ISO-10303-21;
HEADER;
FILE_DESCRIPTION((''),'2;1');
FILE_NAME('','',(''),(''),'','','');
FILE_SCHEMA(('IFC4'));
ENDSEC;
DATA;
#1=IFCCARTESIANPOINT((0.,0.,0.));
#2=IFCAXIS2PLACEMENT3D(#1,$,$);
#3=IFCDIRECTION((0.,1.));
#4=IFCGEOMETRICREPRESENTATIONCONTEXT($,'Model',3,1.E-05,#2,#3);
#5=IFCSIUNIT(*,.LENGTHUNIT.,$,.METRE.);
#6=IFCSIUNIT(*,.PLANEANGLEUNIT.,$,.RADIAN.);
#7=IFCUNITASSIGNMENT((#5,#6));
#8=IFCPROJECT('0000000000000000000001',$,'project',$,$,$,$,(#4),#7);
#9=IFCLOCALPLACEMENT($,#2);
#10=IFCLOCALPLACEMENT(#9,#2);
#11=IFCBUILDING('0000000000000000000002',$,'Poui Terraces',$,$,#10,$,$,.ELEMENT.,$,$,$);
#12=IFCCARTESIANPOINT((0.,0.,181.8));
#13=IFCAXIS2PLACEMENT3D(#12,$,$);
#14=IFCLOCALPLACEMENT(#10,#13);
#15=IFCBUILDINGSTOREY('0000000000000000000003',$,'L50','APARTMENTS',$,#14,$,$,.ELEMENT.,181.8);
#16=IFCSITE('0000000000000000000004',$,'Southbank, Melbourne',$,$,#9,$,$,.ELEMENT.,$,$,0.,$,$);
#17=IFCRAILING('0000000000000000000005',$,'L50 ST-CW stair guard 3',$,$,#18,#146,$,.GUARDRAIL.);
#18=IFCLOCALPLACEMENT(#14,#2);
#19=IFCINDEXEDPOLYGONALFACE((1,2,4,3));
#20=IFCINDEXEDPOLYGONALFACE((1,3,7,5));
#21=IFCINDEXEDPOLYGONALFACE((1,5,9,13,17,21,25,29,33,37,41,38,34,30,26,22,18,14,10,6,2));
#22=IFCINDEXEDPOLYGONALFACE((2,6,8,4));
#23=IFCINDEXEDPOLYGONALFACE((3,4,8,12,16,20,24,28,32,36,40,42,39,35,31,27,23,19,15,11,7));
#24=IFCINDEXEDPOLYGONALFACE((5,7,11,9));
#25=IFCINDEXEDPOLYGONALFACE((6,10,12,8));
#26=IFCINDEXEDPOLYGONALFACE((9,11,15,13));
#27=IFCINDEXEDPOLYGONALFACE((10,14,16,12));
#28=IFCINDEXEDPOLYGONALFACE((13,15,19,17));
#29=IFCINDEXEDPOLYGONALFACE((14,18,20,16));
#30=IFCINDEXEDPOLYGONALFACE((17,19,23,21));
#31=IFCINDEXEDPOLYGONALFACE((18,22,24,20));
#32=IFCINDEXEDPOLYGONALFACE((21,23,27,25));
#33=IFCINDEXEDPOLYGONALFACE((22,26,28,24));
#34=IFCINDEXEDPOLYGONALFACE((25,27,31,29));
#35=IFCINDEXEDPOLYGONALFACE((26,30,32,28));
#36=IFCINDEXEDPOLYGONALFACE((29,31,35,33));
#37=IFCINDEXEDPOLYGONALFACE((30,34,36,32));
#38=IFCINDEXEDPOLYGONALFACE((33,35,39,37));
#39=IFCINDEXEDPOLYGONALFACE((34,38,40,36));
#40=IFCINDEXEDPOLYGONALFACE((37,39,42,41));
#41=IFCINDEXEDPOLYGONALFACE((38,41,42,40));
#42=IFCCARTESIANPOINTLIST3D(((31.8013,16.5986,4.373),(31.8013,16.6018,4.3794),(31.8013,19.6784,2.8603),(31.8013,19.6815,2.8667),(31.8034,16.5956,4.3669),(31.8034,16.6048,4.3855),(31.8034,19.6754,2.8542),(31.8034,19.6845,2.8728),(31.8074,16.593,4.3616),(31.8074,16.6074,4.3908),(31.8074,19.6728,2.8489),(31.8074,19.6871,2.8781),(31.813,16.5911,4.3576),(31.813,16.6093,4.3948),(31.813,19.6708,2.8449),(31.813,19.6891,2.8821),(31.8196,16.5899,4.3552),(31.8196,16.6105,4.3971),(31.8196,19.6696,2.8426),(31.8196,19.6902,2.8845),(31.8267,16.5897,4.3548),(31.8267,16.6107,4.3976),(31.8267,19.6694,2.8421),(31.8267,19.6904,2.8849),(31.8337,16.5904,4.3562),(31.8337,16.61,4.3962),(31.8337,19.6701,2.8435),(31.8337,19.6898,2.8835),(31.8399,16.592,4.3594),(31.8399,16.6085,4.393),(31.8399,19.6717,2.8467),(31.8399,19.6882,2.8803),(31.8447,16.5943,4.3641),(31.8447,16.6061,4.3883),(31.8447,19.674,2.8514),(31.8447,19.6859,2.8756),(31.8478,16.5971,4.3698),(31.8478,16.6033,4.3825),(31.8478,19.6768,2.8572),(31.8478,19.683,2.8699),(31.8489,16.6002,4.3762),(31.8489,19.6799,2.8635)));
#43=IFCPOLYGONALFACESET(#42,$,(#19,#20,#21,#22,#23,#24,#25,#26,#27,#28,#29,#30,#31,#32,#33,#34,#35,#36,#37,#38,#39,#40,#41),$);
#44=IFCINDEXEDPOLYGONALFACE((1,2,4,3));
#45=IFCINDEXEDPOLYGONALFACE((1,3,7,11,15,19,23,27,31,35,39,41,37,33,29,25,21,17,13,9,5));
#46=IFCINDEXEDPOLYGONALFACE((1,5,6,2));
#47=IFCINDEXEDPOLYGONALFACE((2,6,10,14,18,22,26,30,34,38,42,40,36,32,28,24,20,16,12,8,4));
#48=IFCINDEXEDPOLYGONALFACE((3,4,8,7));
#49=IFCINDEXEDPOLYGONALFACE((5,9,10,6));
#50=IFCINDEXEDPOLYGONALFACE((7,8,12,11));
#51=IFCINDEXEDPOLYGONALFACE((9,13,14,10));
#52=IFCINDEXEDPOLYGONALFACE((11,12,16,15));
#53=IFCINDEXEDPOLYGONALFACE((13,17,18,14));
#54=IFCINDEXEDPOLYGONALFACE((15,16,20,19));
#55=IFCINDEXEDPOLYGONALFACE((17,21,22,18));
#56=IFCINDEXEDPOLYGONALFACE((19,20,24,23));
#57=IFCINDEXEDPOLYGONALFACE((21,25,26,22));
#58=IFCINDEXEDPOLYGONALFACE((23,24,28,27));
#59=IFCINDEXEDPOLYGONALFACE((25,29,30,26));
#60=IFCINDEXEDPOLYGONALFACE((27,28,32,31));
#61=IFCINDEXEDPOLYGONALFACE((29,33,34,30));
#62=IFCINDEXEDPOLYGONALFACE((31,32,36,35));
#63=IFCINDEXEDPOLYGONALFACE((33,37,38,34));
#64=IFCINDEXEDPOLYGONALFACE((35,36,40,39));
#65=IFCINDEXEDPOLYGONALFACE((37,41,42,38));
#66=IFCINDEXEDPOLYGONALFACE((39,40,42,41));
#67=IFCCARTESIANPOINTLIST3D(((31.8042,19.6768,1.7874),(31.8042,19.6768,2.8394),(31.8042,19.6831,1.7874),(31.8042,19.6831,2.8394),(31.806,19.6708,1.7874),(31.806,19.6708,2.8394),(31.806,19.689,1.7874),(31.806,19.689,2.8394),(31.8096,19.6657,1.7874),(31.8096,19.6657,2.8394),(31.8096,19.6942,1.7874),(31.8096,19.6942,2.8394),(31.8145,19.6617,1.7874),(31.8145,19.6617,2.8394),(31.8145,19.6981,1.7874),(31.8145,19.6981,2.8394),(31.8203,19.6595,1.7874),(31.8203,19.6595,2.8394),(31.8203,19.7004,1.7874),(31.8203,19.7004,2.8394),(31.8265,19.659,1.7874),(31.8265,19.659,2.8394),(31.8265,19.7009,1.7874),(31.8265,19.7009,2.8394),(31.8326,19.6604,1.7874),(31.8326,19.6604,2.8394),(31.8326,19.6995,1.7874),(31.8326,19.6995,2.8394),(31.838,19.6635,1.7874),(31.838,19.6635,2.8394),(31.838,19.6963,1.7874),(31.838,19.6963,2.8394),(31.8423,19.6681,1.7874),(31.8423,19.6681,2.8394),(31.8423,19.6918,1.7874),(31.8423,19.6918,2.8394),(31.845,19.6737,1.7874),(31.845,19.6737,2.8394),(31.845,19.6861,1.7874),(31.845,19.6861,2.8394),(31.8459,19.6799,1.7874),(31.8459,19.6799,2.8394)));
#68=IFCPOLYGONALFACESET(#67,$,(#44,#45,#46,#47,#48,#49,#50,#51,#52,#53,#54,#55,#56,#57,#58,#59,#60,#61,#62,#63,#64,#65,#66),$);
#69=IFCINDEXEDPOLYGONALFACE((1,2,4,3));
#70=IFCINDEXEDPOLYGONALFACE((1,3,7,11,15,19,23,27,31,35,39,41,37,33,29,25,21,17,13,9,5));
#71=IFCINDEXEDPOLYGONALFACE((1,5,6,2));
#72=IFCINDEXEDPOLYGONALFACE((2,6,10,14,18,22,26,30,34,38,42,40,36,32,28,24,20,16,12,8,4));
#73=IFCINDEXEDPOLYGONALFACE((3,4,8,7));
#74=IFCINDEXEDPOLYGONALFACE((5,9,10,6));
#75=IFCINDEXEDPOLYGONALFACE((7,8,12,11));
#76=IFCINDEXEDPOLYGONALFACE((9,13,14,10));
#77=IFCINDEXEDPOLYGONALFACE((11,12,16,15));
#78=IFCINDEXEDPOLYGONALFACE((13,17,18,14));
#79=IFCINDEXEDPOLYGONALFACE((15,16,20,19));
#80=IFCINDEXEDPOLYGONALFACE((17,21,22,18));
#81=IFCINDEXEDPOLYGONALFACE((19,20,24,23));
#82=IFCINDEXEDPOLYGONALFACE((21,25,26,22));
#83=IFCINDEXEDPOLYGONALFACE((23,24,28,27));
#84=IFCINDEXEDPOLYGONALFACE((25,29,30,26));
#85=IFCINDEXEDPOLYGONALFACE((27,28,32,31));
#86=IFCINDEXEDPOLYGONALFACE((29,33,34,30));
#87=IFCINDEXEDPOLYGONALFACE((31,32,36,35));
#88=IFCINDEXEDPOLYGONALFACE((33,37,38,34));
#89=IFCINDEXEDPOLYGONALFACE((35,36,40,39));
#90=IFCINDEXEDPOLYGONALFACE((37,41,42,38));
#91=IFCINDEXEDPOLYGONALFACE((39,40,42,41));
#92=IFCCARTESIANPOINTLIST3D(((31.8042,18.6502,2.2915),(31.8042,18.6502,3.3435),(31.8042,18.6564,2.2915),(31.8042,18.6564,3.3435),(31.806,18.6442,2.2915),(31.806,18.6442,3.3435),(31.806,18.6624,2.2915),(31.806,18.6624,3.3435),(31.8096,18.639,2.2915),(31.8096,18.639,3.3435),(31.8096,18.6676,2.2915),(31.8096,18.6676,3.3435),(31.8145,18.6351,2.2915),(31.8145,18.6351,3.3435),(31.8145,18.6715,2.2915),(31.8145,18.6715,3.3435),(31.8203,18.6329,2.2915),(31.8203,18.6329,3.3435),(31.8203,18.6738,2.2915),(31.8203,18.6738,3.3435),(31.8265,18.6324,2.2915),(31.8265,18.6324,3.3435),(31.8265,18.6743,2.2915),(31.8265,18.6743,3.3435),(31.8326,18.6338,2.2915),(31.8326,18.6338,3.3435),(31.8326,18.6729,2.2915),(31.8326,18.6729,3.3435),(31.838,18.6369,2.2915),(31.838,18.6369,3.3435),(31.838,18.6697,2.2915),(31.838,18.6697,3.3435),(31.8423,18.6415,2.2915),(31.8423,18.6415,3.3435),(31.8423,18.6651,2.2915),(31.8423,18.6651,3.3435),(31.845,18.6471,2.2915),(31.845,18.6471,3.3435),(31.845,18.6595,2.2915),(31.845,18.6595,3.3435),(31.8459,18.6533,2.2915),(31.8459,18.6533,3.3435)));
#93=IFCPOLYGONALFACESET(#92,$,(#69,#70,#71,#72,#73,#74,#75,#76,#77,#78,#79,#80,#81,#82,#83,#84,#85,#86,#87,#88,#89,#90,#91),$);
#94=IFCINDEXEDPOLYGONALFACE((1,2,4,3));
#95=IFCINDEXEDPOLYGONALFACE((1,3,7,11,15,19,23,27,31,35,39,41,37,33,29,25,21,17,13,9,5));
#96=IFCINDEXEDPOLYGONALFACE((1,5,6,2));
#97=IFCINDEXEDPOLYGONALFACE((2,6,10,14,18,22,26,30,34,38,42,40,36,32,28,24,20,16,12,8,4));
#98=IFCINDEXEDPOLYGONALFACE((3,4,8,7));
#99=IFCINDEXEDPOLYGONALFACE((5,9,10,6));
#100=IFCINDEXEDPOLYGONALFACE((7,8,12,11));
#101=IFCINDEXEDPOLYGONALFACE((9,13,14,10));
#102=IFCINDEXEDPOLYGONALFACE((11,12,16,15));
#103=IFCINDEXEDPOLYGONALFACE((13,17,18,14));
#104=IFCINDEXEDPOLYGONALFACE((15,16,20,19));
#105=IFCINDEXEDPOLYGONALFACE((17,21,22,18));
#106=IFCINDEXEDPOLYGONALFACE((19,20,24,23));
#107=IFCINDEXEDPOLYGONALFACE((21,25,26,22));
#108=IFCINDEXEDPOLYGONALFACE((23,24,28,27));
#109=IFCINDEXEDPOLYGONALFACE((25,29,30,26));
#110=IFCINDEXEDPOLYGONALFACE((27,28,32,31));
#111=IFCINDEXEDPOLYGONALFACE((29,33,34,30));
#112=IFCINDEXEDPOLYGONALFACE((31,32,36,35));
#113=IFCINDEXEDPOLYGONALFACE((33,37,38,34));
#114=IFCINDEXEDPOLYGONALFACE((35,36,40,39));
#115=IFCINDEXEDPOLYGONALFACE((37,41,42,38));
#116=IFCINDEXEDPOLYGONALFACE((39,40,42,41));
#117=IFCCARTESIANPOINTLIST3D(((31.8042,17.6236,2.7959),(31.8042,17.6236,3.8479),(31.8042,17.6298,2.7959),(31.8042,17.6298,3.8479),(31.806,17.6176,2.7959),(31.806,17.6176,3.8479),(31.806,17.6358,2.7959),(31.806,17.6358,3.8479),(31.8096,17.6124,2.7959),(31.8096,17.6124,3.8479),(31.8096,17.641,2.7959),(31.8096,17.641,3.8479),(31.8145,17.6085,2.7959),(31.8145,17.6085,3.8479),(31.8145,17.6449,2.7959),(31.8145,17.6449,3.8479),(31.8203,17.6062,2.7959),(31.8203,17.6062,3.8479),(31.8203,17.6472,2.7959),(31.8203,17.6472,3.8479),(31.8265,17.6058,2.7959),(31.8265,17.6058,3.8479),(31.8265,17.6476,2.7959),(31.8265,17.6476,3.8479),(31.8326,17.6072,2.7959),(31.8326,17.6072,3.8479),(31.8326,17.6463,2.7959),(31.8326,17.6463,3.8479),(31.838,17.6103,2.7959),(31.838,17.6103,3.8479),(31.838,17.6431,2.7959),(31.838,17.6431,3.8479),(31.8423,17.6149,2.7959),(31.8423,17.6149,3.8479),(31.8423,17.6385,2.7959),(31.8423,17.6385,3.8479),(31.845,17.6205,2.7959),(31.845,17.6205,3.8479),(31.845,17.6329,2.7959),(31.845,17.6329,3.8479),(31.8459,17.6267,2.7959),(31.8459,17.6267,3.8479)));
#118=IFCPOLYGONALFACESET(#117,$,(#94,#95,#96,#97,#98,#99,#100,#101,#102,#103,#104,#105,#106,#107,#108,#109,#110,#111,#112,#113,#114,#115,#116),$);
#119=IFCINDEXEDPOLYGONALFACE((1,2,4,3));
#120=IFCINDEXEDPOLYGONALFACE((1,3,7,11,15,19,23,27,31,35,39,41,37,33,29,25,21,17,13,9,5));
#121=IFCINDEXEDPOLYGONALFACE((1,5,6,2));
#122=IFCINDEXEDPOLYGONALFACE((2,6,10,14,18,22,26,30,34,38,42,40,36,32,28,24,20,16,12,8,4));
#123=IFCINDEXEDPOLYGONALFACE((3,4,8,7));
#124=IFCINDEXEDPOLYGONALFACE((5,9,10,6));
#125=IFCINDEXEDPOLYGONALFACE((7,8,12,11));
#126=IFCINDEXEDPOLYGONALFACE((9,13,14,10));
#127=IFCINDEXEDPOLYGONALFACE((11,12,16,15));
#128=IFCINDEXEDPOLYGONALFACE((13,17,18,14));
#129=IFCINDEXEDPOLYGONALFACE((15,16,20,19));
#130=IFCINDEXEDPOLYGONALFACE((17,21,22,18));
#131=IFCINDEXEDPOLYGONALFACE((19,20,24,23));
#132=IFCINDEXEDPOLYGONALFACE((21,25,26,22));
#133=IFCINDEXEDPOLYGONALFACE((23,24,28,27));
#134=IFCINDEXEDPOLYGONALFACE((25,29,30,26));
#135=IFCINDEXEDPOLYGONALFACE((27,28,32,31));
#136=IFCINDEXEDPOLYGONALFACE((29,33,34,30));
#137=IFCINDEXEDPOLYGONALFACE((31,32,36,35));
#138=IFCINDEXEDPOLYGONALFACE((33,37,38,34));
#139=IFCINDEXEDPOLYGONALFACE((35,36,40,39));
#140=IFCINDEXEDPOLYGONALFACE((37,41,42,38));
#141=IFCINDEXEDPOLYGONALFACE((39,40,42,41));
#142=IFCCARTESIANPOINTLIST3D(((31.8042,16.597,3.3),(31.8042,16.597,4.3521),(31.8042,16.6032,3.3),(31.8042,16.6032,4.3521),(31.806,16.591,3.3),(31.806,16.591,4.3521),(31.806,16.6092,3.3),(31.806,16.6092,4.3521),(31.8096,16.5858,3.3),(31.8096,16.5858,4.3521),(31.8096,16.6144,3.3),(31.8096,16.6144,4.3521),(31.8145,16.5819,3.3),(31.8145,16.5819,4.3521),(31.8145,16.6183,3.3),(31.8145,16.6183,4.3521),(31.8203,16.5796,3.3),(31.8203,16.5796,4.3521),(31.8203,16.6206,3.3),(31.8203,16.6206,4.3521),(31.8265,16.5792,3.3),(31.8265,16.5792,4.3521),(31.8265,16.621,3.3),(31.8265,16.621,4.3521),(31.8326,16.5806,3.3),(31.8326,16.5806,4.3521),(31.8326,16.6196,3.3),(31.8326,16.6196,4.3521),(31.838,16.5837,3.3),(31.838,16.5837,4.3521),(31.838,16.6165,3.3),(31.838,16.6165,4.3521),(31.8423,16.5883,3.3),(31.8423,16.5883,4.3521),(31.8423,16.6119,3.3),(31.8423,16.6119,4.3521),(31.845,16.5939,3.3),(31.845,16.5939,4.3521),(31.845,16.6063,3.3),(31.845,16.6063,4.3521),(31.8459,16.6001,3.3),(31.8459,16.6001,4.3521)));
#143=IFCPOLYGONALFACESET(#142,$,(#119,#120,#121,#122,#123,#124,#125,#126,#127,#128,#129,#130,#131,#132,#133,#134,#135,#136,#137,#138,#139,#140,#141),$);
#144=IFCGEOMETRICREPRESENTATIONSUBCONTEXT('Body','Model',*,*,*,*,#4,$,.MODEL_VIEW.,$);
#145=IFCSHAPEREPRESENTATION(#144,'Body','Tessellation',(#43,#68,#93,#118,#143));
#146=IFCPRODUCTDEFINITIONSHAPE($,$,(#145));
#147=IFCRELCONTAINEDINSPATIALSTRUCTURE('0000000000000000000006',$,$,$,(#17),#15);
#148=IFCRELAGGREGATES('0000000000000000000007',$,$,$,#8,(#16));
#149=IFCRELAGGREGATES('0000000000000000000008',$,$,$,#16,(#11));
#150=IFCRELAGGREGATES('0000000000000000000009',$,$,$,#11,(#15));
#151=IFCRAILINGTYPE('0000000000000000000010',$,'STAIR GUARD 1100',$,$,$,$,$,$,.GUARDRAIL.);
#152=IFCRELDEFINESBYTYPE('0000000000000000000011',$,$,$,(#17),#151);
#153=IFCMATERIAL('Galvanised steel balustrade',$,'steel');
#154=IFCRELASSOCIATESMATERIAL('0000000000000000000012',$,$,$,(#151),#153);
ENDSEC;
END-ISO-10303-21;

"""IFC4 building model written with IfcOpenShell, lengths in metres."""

from ifc_helpers import new_model, si_unit, direction, frame, origin, origin_2d, place, context, subcontext, project, spatial, circle, extrude, material, type_object, element, save


model = new_model("IFC4")

# Units and contexts
model_context = context("Model", 3, precision=1e-05, world=origin(), true_north=direction((0.0, 1.0)))
body_context = subcontext(model_context, "Body", "Model", "MODEL_VIEW")
ifc_project = project(units=[si_unit("LENGTHUNIT", "METRE"), si_unit("PLANEANGLEUNIT", "RADIAN")], contexts=[model_context])

# Site, building, storey
site_placement = place(None, origin())
site = spatial("IfcSite", under=ifc_project, at=site_placement, Name="Southbank, Melbourne", CompositionType="ELEMENT", RefElevation=0.0)
building_placement = place(site_placement, origin())
building = spatial("IfcBuilding", under=site, at=building_placement, Name="Poui Terraces", CompositionType="ELEMENT")
storey_placement = place(building_placement, frame((0.0, 0.0, 181.8)))
storey = spatial("IfcBuildingStorey", under=building, at=storey_placement, Name="L50", Description="APARTMENTS", CompositionType="ELEMENT", Elevation=181.8)

# Railing
ifc_material_1 = material(Name="Galvanised steel balustrade", Category="steel")
railing_type_1 = type_object("IfcRailingType", Name="STAIR GUARD 1100", PredefinedType="GUARDRAIL", material=ifc_material_1)
railing_1_placement = place(storey_placement, frame((31.825, 19.6799, 1.7874)))
element("IfcRailing", 1, at=railing_1_placement, inside=storey, type_object=railing_type_1, Name="L50 ST-CW stair guard 3", PredefinedType="GUARDRAIL", context=body_context, shape_type="SweptSolid", body=[
    extrude(circle(Radius=0.0239, at=origin_2d()), frame((0.0, 0.0, 1.0762), z_axis=(0.0, -0.897578, 0.440856), x_axis=(1.0, 0.0, 0.0)), (0.0, 0.0, 1.0), 3.4312),
    extrude(circle(Radius=0.021, at=origin_2d()), origin(), (0.0, 0.0, 1.0), 1.052),
    extrude(circle(Radius=0.021, at=origin_2d()), frame((0.0, -1.0266, 0.5042)), (0.0, 0.0, 1.0), 1.052),
    extrude(circle(Radius=0.021, at=origin_2d()), frame((0.0, -2.0532, 1.0085)), (0.0, 0.0, 1.0), 1.052),
    extrude(circle(Radius=0.021, at=origin_2d()), frame((0.0, -3.0798, 1.5127)), (0.0, 0.0, 1.0), 1.052),
])

save(model, "model.ifc")
